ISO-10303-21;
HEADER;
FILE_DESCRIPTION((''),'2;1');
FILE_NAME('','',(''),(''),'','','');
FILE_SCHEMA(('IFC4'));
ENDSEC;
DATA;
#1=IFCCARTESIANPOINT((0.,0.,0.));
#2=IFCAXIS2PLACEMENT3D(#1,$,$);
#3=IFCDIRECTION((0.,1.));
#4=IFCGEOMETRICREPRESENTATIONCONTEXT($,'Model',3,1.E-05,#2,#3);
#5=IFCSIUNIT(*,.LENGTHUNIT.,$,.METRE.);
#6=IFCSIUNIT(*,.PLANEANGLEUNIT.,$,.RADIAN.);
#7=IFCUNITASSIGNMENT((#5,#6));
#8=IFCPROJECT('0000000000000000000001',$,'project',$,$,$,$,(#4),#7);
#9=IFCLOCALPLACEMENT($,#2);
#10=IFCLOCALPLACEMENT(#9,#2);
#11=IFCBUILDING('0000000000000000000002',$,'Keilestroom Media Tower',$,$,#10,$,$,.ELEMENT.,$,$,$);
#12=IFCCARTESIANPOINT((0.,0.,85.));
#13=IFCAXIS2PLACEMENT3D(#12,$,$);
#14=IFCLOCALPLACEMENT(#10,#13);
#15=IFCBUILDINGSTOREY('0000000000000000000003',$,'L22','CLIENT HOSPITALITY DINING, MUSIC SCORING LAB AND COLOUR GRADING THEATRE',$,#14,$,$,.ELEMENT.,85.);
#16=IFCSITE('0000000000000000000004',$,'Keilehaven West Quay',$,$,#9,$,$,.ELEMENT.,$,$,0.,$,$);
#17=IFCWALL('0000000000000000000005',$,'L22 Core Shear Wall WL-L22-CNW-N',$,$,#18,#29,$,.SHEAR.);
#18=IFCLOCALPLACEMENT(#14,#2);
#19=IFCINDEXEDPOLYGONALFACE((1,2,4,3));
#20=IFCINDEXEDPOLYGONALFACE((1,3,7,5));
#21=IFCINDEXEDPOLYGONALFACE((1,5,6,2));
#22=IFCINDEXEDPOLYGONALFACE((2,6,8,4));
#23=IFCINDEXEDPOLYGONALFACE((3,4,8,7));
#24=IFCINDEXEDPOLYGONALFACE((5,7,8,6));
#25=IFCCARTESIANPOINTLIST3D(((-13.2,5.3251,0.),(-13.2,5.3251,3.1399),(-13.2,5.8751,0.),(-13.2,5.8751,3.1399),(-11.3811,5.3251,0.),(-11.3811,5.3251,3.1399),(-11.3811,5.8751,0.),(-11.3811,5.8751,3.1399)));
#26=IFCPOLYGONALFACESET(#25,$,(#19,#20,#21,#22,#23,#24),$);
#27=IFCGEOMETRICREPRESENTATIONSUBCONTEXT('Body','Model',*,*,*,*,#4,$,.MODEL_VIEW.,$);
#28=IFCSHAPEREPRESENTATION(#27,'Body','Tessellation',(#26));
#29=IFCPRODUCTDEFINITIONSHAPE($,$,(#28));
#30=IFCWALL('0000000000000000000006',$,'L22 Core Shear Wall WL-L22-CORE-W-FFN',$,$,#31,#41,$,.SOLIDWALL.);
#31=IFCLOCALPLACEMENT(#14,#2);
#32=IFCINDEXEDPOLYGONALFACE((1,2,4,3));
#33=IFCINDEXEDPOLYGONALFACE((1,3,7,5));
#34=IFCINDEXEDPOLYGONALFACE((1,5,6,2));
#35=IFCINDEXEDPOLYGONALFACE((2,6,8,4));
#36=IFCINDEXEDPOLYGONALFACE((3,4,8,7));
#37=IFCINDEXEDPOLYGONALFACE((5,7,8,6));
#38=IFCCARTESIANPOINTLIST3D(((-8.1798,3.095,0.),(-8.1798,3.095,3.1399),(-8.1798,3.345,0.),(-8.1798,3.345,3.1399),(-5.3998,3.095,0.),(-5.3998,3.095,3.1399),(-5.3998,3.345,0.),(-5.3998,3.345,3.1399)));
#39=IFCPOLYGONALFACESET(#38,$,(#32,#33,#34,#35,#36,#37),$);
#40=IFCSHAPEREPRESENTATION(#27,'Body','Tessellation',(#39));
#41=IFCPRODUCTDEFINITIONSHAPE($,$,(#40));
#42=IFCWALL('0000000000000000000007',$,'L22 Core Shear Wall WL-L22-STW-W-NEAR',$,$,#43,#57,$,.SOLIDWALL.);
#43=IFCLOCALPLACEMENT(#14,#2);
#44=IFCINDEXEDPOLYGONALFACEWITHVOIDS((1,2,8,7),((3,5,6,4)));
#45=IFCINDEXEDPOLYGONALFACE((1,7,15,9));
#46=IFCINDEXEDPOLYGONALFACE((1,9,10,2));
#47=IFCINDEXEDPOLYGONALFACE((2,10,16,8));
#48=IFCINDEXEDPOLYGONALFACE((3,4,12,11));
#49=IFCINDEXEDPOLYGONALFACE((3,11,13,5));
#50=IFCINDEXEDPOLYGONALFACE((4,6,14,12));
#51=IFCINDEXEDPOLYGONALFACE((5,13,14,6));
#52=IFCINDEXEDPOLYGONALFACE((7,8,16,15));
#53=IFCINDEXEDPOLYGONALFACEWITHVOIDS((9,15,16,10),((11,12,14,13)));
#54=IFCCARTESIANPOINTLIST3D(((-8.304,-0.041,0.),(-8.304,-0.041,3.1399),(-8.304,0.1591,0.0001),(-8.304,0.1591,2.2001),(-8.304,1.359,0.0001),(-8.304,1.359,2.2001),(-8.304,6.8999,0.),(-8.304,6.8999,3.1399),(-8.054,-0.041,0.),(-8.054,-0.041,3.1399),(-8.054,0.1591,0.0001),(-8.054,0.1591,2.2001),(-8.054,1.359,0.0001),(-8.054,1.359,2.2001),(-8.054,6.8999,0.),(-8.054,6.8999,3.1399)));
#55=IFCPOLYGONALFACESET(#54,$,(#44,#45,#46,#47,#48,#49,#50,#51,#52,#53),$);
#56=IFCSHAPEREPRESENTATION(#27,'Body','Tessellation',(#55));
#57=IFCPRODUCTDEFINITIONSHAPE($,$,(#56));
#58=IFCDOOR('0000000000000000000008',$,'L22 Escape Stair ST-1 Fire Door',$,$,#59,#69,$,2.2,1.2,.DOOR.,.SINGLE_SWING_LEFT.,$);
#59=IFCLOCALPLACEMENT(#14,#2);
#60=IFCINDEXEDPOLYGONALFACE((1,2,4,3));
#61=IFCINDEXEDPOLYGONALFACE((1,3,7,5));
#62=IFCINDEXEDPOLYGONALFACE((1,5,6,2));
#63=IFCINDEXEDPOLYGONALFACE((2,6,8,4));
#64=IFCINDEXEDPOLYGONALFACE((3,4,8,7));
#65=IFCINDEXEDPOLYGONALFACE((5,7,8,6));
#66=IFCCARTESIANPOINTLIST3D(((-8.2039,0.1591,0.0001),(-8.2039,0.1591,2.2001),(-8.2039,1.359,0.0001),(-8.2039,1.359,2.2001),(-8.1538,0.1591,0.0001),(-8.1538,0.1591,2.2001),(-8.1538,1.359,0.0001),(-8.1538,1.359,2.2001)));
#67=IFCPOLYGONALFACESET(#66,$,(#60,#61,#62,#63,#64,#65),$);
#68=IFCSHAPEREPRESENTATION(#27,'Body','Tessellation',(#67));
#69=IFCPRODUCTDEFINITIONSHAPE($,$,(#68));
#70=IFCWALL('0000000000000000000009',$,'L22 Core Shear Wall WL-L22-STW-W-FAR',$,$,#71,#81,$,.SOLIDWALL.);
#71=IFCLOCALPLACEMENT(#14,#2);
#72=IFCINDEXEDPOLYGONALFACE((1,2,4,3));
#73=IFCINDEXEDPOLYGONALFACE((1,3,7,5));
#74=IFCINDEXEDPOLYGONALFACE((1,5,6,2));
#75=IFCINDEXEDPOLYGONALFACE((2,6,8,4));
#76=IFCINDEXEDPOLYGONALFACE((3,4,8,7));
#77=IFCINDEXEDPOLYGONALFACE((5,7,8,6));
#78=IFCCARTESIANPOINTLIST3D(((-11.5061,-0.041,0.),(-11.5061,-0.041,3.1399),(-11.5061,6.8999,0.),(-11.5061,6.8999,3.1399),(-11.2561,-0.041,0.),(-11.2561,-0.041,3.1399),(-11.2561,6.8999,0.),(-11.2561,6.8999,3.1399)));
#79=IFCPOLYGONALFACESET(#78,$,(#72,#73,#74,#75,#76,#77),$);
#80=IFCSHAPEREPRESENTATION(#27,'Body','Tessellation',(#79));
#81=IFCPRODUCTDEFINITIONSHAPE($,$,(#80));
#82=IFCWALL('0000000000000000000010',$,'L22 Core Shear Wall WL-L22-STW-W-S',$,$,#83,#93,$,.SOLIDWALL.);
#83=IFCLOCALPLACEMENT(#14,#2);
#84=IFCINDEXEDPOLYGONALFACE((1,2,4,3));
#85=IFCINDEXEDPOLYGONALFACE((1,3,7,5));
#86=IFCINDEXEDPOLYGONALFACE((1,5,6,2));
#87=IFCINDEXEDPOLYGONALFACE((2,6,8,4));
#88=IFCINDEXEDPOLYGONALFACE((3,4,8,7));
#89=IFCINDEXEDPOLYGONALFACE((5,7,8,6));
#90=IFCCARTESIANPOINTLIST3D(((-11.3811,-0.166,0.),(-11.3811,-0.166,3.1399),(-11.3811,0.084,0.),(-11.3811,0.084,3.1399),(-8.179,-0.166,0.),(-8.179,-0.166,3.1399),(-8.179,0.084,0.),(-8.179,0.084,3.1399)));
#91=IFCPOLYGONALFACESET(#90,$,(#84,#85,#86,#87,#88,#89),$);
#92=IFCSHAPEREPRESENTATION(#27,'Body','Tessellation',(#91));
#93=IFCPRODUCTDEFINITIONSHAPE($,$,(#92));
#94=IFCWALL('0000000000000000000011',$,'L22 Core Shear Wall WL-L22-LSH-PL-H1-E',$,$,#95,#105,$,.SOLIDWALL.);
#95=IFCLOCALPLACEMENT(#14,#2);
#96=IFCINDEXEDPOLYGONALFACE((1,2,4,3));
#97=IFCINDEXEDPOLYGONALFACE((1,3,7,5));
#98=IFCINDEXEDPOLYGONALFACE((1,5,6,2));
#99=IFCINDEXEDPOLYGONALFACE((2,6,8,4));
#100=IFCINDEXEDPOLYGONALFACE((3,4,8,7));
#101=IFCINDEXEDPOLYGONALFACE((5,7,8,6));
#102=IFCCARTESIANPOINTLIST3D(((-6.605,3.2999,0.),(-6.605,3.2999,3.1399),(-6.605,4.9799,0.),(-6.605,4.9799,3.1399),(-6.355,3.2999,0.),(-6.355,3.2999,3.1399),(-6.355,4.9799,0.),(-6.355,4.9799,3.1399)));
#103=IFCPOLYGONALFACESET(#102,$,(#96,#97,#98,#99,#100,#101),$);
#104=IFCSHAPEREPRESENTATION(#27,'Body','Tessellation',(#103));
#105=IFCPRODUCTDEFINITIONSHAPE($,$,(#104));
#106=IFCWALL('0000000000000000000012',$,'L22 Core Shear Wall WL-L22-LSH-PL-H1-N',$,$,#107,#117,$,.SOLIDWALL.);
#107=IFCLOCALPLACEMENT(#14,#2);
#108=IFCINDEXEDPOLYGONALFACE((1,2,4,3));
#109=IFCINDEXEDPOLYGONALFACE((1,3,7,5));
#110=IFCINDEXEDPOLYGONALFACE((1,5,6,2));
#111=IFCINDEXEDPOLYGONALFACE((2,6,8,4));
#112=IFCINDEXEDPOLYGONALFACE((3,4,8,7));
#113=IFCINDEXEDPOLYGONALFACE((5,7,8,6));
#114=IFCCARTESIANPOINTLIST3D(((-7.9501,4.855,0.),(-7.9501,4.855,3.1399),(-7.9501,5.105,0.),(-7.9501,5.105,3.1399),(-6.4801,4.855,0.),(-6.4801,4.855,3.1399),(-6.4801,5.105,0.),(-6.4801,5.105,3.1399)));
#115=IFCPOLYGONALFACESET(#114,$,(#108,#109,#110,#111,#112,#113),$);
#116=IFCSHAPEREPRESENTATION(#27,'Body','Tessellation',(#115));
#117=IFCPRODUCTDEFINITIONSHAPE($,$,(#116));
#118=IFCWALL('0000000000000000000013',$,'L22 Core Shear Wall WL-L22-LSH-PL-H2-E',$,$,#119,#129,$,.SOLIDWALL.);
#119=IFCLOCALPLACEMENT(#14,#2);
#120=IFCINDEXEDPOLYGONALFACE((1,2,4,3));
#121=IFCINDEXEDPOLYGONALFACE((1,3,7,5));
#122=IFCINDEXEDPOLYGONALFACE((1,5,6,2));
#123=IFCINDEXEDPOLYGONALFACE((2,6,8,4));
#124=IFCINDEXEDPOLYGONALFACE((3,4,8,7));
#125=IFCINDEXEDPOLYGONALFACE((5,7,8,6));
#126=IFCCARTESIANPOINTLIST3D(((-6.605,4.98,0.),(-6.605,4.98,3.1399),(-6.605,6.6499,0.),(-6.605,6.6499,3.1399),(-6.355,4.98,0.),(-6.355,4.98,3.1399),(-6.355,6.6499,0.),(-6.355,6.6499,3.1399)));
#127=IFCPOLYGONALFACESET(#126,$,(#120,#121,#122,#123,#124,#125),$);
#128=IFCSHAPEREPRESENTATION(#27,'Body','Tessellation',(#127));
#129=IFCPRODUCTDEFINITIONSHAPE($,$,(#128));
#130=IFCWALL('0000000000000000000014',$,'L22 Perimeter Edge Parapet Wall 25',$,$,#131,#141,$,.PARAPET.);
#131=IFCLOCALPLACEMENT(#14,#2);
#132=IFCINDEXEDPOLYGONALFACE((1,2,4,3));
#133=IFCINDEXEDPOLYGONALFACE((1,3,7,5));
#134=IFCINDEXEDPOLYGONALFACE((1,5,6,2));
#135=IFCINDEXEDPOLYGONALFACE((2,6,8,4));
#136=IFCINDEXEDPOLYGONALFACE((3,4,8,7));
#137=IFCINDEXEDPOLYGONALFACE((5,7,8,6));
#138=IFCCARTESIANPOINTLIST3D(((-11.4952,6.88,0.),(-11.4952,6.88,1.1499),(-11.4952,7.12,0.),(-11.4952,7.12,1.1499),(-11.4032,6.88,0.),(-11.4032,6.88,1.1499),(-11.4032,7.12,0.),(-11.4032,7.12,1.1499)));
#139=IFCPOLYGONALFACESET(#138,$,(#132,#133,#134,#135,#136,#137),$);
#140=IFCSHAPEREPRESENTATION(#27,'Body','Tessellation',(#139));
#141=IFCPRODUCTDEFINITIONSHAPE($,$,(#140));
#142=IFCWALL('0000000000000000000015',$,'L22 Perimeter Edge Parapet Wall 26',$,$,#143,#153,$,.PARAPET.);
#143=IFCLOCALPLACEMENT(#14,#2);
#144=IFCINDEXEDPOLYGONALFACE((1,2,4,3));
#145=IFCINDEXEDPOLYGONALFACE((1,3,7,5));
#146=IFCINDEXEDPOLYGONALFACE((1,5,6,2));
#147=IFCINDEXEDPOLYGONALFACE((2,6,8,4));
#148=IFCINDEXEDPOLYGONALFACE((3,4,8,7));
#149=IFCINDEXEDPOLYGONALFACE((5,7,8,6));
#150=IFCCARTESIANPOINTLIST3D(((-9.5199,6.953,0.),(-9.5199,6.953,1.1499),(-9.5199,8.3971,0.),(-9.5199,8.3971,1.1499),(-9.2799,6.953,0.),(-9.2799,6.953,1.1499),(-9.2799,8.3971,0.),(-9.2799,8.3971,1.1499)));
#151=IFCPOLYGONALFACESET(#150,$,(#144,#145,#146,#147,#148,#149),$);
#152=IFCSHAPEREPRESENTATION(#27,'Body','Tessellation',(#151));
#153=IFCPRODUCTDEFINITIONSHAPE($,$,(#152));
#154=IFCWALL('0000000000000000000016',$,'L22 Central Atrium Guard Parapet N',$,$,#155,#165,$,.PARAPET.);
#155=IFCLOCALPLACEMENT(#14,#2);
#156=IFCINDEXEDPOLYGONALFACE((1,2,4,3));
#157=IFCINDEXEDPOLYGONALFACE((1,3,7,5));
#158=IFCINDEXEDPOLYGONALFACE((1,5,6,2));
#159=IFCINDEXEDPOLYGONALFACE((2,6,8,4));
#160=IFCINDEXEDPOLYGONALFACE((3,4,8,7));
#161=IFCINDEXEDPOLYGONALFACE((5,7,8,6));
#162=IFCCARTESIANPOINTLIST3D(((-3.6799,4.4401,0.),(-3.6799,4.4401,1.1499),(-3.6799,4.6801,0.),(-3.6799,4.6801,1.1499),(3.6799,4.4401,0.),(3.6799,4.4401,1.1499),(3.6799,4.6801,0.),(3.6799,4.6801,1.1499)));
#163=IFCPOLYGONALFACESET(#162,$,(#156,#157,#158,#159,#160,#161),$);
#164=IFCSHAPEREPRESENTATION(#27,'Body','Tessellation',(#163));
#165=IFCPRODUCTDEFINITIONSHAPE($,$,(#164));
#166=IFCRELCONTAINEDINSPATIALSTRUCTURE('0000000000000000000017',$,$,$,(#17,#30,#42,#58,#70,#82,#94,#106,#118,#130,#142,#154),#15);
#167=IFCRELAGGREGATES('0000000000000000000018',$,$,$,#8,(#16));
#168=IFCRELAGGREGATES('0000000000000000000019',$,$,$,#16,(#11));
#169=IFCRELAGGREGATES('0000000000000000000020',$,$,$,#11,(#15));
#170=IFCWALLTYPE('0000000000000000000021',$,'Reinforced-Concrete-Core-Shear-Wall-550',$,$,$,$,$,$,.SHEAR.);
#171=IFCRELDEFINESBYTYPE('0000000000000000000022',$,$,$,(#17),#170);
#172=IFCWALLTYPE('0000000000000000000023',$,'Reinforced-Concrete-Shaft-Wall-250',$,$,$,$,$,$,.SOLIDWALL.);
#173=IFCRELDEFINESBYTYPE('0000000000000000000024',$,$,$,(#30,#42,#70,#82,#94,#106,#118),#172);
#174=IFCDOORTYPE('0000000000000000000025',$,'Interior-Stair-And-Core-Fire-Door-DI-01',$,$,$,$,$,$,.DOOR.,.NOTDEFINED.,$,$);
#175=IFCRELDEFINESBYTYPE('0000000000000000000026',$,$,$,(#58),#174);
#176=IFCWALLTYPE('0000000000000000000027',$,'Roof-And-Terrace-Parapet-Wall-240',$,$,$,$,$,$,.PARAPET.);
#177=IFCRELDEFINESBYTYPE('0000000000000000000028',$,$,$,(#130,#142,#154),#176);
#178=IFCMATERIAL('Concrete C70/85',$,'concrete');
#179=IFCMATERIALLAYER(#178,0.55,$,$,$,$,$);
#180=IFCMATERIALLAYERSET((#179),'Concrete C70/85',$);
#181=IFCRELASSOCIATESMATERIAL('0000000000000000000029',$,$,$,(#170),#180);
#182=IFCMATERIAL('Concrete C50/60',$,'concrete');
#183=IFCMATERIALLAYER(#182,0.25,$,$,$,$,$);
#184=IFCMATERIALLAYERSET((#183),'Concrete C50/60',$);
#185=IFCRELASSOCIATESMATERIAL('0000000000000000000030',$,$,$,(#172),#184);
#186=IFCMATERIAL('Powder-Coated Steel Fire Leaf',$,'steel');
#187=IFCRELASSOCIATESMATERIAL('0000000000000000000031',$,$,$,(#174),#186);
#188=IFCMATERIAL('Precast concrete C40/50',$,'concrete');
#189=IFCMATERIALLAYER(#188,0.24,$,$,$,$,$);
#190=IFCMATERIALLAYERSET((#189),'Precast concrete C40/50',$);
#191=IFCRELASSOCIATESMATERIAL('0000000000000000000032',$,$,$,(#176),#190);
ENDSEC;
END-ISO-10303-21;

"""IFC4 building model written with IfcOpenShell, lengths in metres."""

from ifc_helpers import new_model, si_unit, direction, frame, frame_2d, origin, place, context, subcontext, project, spatial, rectangle, extrude, source, transform, mapped, material, layer, layer_set, type_object, element, fill, save


model = new_model("IFC4")

# Units and contexts
model_context = context("Model", 3, precision=1e-05, world=origin(), true_north=direction((0.0, 1.0)))
body_context = subcontext(model_context, "Body", "Model", "MODEL_VIEW")
ifc_project = project(units=[si_unit("LENGTHUNIT", "METRE"), si_unit("PLANEANGLEUNIT", "RADIAN")], contexts=[model_context])

# Site, building, storey
site_placement = place(None, origin())
site = spatial("IfcSite", under=ifc_project, at=site_placement, Name="Keilehaven West Quay", CompositionType="ELEMENT", RefElevation=0.0)
building_placement = place(site_placement, origin())
building = spatial("IfcBuilding", under=site, at=building_placement, Name="Keilestroom Media Tower", CompositionType="ELEMENT")
storey_placement = place(building_placement, frame((0.0, 0.0, 85.0)))
storey = spatial("IfcBuildingStorey", under=building, at=storey_placement, Name="L22", Description="CLIENT HOSPITALITY DINING, MUSIC SCORING LAB AND COLOUR GRADING THEATRE", CompositionType="ELEMENT", Elevation=85.0)

# Shared definitions
ifc_material_1 = material(Name="Concrete C70/85", Category="concrete")

# Shared definitions
ifc_material_2 = material(Name="Concrete C50/60", Category="concrete")

# Walls
ifc_layer_1 = layer(ifc_material_1, 0.55)
ifc_layer_set_1 = layer_set([ifc_layer_1], Name="Concrete C70/85")
wall_type_1 = type_object("IfcWallType", Name="Reinforced-Concrete-Core-Shear-Wall-550", PredefinedType="SHEAR", material=ifc_layer_set_1)
wall_1_placement = place(storey_placement, frame((-13.2, 5.6001, 0.0), z_axis=(0.0, 0.0, 1.0), x_axis=(1.0, 0.0, 0.0)))
element("IfcWall", 1, at=wall_1_placement, inside=storey, type_object=wall_type_1, Name="L22 Core Shear Wall WL-L22-CNW-N", PredefinedType="SHEAR", context=body_context, shape_type="SweptSolid", body=[
    extrude(rectangle(XDim=1.8188, YDim=0.55, at=frame_2d((0.9094, 0.0))), origin(), (0.0, 0.0, 1.0), 3.1399),
])
ifc_layer_2 = layer(ifc_material_2, 0.25)
ifc_layer_set_2 = layer_set([ifc_layer_2], Name="Concrete C50/60")
wall_type_2 = type_object("IfcWallType", Name="Reinforced-Concrete-Shaft-Wall-250", PredefinedType="SOLIDWALL", material=ifc_layer_set_2)
wall_2_placement = place(storey_placement, frame((-8.1799, 3.22, 0.0), z_axis=(0.0, 0.0, 1.0), x_axis=(1.0, 0.0, 0.0)))
element("IfcWall", 2, at=wall_2_placement, inside=storey, type_object=wall_type_2, Name="L22 Core Shear Wall WL-L22-CORE-W-FFN", PredefinedType="SOLIDWALL", context=body_context, shape_type="SweptSolid", body=[
    extrude(rectangle(XDim=2.78, YDim=0.25, at=frame_2d((1.3901, 0.0))), origin(), (0.0, 0.0, 1.0), 3.1399),
])

# Wall, opening, door
wall_3_placement = place(storey_placement, frame((-8.179, -0.041, 0.0), z_axis=(0.0, 0.0, 1.0), x_axis=(0.0, 1.0, 0.0)))
wall_3 = element("IfcWall", 3, at=wall_3_placement, inside=storey, type_object=wall_type_2, Name="L22 Core Shear Wall WL-L22-STW-W-NEAR", PredefinedType="SOLIDWALL", context=body_context, shape_type="SweptSolid", body=[
    extrude(rectangle(XDim=6.9409, YDim=0.25, at=frame_2d((3.4705, 0.0))), origin(), (0.0, 0.0, 1.0), 3.1399),
])
opening_placement = place(wall_3_placement, frame((0.2, 0.0, 0.0)))
opening = element("IfcOpeningElement", 4, at=opening_placement, cuts=wall_3, PredefinedType="OPENING", context=body_context, shape_type="SweptSolid", body=[
    extrude(rectangle(XDim=1.2, YDim=2.2, at=frame_2d((0.6001, 1.1001))), frame((0.0, 0.135, 0.0), z_axis=(0.0, -1.0, 0.0), x_axis=(1.0, 0.0, 0.0)), (0.0, 0.0, 1.0), 0.27),
])
ifc_material_3 = material(Name="Powder-Coated Steel Fire Leaf", Category="steel")
door_type = type_object("IfcDoorType", Name="Interior-Stair-And-Core-Fire-Door-DI-01", OperationType="NOTDEFINED", PredefinedType="DOOR", material=ifc_material_3)
shared_shape_1 = source(origin(), body_context, "Body", "SweptSolid", [
    extrude(rectangle(XDim=1.2, YDim=2.2, at=frame_2d((0.6001, 1.1001))), frame((0.0, 0.0249, 0.0), z_axis=(0.0, -1.0, 0.0), x_axis=(1.0, 0.0, 0.0)), (0.0, 0.0, 1.0), 0.05),
])
door_placement = place(opening_placement, origin())
door = element("IfcDoor", 5, at=door_placement, inside=storey, type_object=door_type, Name="L22 Escape Stair ST-1 Fire Door", OperationType="SINGLE_SWING_LEFT", OverallHeight=2.2, OverallWidth=1.2, PredefinedType="DOOR", context=body_context, shape_type="MappedRepresentation", body=[
    mapped(shared_shape_1, transform((0.0, 0.0, 0.0), x_axis=(1.0, 0.0, 0.0), y_axis=(0.0, 1.0, 0.0), z_axis=(0.0, 0.0, 1.0), scale=1.0)),
])
fill(opening, door)

# Walls
wall_4_placement = place(storey_placement, frame((-11.3811, -0.041, 0.0), z_axis=(0.0, 0.0, 1.0), x_axis=(0.0, 1.0, 0.0)))
element("IfcWall", 6, at=wall_4_placement, inside=storey, type_object=wall_type_2, Name="L22 Core Shear Wall WL-L22-STW-W-FAR", PredefinedType="SOLIDWALL", context=body_context, shape_type="SweptSolid", body=[
    extrude(rectangle(XDim=6.9409, YDim=0.25, at=frame_2d((3.4705, 0.0))), origin(), (0.0, 0.0, 1.0), 3.1399),
])
wall_5_placement = place(storey_placement, frame((-11.3811, -0.041, 0.0), z_axis=(0.0, 0.0, 1.0), x_axis=(1.0, 0.0, 0.0)))
element("IfcWall", 7, at=wall_5_placement, inside=storey, type_object=wall_type_2, Name="L22 Core Shear Wall WL-L22-STW-W-S", PredefinedType="SOLIDWALL", context=body_context, shape_type="SweptSolid", body=[
    extrude(rectangle(XDim=3.2021, YDim=0.25, at=frame_2d((1.6011, 0.0))), origin(), (0.0, 0.0, 1.0), 3.1399),
])
wall_6_placement = place(storey_placement, frame((-6.48, 3.3, 0.0), z_axis=(0.0, 0.0, 1.0), x_axis=(0.0, 1.0, 0.0)))
element("IfcWall", 8, at=wall_6_placement, inside=storey, type_object=wall_type_2, Name="L22 Core Shear Wall WL-L22-LSH-PL-H1-E", PredefinedType="SOLIDWALL", context=body_context, shape_type="SweptSolid", body=[
    extrude(rectangle(XDim=1.6799, YDim=0.25, at=frame_2d((0.8398, 0.0))), origin(), (0.0, 0.0, 1.0), 3.1399),
])
wall_7_placement = place(storey_placement, frame((-7.95, 4.98, 0.0), z_axis=(0.0, 0.0, 1.0), x_axis=(1.0, 0.0, 0.0)))
element("IfcWall", 9, at=wall_7_placement, inside=storey, type_object=wall_type_2, Name="L22 Core Shear Wall WL-L22-LSH-PL-H1-N", PredefinedType="SOLIDWALL", context=body_context, shape_type="SweptSolid", body=[
    extrude(rectangle(XDim=1.47, YDim=0.25, at=frame_2d((0.7349, 0.0))), origin(), (0.0, 0.0, 1.0), 3.1399),
])
wall_8_placement = place(storey_placement, frame((-6.48, 4.98, 0.0), z_axis=(0.0, 0.0, 1.0), x_axis=(0.0, 1.0, 0.0)))
element("IfcWall", 10, at=wall_8_placement, inside=storey, type_object=wall_type_2, Name="L22 Core Shear Wall WL-L22-LSH-PL-H2-E", PredefinedType="SOLIDWALL", context=body_context, shape_type="SweptSolid", body=[
    extrude(rectangle(XDim=1.6699, YDim=0.25, at=frame_2d((0.835, 0.0))), origin(), (0.0, 0.0, 1.0), 3.1399),
])
ifc_material_4 = material(Name="Precast concrete C40/50", Category="concrete")
ifc_layer_3 = layer(ifc_material_4, 0.24)
ifc_layer_set_3 = layer_set([ifc_layer_3], Name="Precast concrete C40/50")
wall_type_3 = type_object("IfcWallType", Name="Roof-And-Terrace-Parapet-Wall-240", PredefinedType="PARAPET", material=ifc_layer_set_3)
wall_9_placement = place(storey_placement, frame((-11.4951, 7.0, 0.0), z_axis=(0.0, 0.0, 1.0), x_axis=(1.0, 0.0, 0.0)))
element("IfcWall", 11, at=wall_9_placement, inside=storey, type_object=wall_type_3, Name="L22 Perimeter Edge Parapet Wall 25", PredefinedType="PARAPET", context=body_context, shape_type="SweptSolid", body=[
    extrude(rectangle(XDim=0.092, YDim=0.24, at=frame_2d((0.0459, 0.0))), origin(), (0.0, 0.0, 1.0), 1.1499),
])
wall_10_placement = place(storey_placement, frame((-9.3999, 6.9529, 0.0), z_axis=(0.0, 0.0, 1.0), x_axis=(0.0, 1.0, 0.0)))
element("IfcWall", 12, at=wall_10_placement, inside=storey, type_object=wall_type_3, Name="L22 Perimeter Edge Parapet Wall 26", PredefinedType="PARAPET", context=body_context, shape_type="SweptSolid", body=[
    extrude(rectangle(XDim=1.4441, YDim=0.24, at=frame_2d((0.7222, 0.0))), origin(), (0.0, 0.0, 1.0), 1.1499),
])
wall_11_placement = place(storey_placement, frame((-3.6799, 4.5601, 0.0), z_axis=(0.0, 0.0, 1.0), x_axis=(1.0, 0.0, 0.0)))
element("IfcWall", 13, at=wall_11_placement, inside=storey, type_object=wall_type_3, Name="L22 Central Atrium Guard Parapet N", PredefinedType="PARAPET", context=body_context, shape_type="SweptSolid", body=[
    extrude(rectangle(XDim=7.3599, YDim=0.24, at=frame_2d((3.6799, 0.0))), origin(), (0.0, 0.0, 1.0), 1.1499),
])

save(model, "model.ifc")
